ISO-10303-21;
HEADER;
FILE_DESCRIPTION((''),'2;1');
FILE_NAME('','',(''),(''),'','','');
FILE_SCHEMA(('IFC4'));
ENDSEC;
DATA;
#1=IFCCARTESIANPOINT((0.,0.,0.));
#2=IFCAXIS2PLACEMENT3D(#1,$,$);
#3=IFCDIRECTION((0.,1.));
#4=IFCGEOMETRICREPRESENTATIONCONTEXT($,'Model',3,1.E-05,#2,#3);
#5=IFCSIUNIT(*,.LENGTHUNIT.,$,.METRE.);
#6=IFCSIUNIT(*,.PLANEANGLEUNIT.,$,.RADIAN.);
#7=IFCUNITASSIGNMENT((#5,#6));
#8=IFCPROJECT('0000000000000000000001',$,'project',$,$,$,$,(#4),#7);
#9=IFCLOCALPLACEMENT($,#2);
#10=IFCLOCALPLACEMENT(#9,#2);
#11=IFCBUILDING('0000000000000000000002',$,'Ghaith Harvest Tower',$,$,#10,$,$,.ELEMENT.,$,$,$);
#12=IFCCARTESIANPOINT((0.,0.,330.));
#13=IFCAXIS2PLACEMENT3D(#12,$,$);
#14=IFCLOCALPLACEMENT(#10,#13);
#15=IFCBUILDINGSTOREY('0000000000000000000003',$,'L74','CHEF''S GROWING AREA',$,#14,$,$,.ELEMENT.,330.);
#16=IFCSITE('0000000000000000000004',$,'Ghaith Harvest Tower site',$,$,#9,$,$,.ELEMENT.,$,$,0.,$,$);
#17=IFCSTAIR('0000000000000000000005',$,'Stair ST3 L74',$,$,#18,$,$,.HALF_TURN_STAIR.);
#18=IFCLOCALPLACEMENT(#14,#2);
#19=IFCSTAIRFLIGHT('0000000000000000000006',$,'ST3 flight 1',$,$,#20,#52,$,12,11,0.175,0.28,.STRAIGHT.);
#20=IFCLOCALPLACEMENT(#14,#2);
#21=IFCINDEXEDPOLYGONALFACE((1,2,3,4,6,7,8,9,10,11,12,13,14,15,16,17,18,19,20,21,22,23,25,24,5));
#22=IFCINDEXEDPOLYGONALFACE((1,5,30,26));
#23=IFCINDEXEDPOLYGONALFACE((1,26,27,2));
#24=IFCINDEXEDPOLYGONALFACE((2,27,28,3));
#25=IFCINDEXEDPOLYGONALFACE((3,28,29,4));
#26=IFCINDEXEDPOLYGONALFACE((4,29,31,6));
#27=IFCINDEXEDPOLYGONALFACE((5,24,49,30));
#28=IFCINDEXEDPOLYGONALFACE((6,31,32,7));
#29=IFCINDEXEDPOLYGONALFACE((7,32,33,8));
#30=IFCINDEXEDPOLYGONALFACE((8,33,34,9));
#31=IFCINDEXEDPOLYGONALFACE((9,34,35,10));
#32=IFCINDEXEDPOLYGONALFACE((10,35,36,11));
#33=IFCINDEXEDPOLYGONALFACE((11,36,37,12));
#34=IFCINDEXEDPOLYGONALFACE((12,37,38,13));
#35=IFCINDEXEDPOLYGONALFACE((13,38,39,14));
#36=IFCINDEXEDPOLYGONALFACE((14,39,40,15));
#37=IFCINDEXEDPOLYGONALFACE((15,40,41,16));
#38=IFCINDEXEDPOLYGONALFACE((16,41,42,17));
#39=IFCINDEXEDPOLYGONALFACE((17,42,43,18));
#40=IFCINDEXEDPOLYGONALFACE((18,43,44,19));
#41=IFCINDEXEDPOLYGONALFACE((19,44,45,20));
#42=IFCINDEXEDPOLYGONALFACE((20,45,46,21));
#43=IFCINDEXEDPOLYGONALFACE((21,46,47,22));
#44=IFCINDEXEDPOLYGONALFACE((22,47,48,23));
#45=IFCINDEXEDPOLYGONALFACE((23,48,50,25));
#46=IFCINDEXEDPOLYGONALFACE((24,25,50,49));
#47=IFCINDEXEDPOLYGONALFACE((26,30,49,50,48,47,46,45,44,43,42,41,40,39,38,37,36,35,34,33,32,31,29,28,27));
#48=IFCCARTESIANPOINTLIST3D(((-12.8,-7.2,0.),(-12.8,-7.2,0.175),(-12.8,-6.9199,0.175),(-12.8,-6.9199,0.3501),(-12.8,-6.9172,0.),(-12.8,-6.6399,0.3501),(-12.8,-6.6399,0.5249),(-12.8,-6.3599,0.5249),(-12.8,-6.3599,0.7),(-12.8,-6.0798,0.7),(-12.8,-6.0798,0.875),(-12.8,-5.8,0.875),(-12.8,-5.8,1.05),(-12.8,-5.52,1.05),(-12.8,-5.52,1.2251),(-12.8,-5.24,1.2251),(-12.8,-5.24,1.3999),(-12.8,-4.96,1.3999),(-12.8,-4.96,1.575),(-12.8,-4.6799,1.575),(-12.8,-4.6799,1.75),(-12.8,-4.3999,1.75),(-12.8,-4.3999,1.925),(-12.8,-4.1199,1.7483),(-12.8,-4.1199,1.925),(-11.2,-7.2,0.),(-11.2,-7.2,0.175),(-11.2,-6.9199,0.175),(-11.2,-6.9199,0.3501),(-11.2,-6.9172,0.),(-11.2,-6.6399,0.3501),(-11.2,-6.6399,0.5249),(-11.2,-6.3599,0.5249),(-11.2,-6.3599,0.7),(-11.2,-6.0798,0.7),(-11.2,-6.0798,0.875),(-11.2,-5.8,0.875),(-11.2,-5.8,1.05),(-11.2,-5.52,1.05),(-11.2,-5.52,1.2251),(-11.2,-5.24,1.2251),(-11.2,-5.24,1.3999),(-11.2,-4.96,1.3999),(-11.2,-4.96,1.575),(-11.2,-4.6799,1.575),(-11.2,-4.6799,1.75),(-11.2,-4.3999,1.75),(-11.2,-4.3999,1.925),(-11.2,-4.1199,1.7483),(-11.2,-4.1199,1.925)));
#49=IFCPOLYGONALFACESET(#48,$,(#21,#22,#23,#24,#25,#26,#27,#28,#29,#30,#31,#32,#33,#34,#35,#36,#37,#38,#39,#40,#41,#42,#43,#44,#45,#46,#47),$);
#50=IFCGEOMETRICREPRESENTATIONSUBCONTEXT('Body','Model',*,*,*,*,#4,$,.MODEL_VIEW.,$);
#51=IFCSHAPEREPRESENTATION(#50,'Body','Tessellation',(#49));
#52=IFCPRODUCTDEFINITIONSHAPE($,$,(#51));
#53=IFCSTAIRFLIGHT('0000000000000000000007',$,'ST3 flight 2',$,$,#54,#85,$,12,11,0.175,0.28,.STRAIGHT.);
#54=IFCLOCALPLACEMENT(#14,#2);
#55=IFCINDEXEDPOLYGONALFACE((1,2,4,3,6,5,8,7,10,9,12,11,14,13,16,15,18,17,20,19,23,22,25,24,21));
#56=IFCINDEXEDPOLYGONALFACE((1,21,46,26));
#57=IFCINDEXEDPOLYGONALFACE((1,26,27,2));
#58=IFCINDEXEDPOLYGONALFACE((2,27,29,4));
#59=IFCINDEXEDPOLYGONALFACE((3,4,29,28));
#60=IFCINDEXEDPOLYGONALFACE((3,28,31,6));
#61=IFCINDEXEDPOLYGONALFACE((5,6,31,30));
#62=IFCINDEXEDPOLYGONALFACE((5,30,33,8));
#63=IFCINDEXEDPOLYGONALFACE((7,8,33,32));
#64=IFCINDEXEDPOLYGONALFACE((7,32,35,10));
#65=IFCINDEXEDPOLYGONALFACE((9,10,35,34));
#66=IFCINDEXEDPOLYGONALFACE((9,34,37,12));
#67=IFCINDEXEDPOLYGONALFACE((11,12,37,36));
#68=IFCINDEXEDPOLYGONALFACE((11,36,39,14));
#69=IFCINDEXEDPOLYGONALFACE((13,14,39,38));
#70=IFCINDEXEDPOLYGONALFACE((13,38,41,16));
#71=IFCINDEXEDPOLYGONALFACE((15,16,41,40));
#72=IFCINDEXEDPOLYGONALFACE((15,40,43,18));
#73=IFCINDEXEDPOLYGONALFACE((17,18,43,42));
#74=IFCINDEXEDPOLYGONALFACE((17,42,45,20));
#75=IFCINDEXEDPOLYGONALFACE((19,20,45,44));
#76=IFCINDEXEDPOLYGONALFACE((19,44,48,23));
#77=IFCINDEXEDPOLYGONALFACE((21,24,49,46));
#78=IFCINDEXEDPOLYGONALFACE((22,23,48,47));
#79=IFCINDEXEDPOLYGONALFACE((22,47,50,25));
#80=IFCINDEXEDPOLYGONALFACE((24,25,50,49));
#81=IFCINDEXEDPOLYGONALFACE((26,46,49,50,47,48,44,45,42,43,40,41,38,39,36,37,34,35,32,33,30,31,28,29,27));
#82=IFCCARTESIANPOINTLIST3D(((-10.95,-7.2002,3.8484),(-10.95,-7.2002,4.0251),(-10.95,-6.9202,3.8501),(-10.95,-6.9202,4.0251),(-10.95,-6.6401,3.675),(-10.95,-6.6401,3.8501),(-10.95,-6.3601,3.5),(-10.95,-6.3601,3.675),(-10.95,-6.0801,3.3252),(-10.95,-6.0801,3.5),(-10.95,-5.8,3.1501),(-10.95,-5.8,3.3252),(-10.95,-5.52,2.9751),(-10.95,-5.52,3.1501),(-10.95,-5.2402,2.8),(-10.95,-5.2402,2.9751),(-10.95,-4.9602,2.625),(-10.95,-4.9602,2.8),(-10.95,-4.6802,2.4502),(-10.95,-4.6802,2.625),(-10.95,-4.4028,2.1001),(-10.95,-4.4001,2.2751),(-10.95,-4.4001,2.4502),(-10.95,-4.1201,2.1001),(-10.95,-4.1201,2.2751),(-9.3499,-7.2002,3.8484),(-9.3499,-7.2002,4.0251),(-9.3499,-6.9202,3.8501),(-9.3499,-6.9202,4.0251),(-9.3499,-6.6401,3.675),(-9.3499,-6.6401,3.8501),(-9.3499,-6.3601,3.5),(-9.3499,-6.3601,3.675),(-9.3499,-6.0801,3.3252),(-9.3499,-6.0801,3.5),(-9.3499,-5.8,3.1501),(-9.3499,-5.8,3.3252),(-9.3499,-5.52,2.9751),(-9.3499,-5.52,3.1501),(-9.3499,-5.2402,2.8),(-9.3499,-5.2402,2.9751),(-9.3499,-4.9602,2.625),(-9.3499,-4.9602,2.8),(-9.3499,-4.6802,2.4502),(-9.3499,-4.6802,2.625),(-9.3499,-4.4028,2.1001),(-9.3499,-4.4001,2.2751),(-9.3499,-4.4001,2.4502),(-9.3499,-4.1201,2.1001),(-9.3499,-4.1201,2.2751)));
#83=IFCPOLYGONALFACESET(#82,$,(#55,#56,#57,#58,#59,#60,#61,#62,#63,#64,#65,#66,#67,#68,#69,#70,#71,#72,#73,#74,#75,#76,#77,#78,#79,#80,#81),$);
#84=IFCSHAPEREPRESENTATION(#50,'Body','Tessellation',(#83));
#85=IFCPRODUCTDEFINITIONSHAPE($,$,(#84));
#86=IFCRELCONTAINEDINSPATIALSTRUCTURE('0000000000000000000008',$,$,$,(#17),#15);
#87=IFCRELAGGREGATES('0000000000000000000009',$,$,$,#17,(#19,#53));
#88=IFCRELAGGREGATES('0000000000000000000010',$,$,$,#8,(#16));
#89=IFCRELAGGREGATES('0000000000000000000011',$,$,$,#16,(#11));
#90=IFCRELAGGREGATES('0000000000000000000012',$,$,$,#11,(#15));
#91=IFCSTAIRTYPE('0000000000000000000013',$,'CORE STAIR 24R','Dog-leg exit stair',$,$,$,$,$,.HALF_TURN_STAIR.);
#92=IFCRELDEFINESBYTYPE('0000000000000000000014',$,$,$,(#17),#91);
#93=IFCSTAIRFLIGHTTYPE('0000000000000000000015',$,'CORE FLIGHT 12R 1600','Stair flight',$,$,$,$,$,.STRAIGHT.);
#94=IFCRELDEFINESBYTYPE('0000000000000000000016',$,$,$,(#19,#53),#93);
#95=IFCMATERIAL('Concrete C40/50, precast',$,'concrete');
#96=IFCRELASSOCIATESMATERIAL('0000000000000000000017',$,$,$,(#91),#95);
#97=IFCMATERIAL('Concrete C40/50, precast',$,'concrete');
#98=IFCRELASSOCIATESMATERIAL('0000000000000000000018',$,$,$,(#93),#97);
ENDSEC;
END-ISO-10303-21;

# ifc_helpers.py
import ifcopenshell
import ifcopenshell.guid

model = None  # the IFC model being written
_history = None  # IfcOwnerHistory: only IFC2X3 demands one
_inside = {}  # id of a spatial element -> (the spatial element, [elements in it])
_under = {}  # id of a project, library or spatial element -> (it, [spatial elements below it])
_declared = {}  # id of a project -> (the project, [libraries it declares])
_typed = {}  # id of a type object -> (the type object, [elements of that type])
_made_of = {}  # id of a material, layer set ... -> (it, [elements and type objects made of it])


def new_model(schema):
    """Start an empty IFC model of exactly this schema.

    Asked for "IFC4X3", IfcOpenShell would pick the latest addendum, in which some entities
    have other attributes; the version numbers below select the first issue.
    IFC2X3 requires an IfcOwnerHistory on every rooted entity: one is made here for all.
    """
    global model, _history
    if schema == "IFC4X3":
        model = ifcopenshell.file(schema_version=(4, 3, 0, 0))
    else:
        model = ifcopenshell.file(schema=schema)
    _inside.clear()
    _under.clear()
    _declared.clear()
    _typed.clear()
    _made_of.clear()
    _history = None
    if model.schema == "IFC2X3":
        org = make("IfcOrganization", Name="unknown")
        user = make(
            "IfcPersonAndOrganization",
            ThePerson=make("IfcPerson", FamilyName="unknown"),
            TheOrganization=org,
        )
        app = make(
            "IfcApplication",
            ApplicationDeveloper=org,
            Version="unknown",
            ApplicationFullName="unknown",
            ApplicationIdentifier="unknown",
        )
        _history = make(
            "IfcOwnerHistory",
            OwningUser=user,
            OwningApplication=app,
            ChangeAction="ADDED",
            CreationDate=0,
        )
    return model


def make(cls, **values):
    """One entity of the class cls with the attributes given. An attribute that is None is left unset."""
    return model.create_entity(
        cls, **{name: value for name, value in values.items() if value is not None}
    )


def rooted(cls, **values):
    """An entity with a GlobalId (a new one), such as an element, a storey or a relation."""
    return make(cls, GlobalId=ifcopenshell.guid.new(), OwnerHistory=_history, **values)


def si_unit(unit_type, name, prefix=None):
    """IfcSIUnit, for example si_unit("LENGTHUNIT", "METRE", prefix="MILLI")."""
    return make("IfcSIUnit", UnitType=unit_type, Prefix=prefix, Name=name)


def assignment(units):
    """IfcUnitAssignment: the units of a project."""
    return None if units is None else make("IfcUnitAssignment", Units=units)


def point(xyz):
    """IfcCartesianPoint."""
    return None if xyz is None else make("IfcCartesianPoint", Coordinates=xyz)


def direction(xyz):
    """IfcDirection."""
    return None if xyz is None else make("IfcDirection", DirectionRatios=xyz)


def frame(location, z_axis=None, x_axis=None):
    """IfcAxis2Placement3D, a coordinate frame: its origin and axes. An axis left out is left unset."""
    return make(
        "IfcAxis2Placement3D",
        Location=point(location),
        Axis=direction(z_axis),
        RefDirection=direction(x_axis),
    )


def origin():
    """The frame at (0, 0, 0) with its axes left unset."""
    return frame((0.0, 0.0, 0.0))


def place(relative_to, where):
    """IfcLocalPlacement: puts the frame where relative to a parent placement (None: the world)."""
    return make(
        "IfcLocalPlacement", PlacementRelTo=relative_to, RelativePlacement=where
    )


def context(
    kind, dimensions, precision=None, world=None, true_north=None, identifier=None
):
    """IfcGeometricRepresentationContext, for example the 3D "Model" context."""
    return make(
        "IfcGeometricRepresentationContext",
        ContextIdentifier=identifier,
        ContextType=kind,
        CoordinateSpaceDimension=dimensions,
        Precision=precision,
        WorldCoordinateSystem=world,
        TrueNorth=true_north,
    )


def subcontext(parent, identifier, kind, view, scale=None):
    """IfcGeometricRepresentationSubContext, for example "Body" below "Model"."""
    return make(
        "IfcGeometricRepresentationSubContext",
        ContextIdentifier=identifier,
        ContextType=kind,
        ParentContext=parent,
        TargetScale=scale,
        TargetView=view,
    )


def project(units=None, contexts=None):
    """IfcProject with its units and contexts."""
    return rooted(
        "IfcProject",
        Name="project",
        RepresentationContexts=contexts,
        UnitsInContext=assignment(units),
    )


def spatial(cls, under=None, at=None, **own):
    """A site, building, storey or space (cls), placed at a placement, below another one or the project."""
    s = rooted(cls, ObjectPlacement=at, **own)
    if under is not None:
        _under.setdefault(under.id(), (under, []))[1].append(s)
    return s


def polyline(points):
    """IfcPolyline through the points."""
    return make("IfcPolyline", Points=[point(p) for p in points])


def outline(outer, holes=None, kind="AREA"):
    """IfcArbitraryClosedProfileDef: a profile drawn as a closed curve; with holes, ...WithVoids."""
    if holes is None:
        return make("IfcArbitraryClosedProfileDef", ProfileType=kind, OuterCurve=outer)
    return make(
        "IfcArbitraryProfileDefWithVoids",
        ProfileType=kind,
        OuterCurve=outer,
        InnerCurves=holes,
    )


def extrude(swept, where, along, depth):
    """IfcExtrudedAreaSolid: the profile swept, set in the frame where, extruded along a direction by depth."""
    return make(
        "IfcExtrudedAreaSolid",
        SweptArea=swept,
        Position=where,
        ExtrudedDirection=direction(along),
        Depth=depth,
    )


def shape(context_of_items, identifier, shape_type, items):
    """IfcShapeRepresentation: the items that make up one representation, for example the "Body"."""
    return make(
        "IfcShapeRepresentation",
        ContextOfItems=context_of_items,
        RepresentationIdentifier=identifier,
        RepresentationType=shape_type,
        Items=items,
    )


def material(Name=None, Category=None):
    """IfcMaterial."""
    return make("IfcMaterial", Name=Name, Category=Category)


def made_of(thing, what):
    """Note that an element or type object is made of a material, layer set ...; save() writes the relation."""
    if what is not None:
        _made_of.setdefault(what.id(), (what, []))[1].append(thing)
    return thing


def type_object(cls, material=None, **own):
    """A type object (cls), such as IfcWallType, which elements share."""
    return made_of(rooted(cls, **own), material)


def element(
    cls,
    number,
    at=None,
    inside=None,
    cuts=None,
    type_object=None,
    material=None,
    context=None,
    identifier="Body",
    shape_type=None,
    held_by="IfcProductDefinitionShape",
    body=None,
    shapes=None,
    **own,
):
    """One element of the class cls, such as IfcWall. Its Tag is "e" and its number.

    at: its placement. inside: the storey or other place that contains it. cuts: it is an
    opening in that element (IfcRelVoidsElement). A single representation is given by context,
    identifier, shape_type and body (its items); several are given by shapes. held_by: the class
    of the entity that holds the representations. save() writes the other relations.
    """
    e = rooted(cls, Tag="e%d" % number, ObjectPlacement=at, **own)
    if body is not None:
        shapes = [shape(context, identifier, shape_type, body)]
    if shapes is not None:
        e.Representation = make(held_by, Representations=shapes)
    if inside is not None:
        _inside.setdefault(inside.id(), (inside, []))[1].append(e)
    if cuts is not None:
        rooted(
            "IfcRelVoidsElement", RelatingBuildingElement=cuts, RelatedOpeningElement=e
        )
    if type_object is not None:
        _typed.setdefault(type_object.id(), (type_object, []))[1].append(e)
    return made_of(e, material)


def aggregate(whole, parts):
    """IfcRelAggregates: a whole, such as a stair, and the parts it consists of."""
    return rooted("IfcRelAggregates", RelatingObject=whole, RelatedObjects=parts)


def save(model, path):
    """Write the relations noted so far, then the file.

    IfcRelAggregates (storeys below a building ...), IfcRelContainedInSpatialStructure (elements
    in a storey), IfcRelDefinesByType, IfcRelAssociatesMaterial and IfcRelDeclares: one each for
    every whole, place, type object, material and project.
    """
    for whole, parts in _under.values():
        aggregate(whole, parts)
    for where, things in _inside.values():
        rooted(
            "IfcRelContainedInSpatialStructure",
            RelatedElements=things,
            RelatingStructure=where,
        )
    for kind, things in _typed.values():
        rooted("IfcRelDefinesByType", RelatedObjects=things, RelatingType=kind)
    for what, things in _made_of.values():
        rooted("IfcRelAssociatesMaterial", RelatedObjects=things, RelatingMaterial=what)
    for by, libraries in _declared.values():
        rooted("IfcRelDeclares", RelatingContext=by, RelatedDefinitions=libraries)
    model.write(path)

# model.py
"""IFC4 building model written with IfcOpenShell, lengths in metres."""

from ifc_helpers import new_model, si_unit, direction, frame, origin, place, context, subcontext, project, spatial, polyline, outline, extrude, material, type_object, element, aggregate, save


model = new_model("IFC4")

# Units and contexts
model_context = context("Model", 3, precision=1e-05, world=origin(), true_north=direction((0.0, 1.0)))
body_context = subcontext(model_context, "Body", "Model", "MODEL_VIEW")
ifc_project = project(units=[si_unit("LENGTHUNIT", "METRE"), si_unit("PLANEANGLEUNIT", "RADIAN")], contexts=[model_context])

# Site, building, storey
site_placement = place(None, origin())
site = spatial("IfcSite", under=ifc_project, at=site_placement, Name="Ghaith Harvest Tower site", CompositionType="ELEMENT", RefElevation=0.0)
building_placement = place(site_placement, origin())
building = spatial("IfcBuilding", under=site, at=building_placement, Name="Ghaith Harvest Tower", CompositionType="ELEMENT")
storey_placement = place(building_placement, frame((0.0, 0.0, 330.0)))
storey = spatial("IfcBuildingStorey", under=building, at=storey_placement, Name="L74", Description="CHEF'S GROWING AREA", CompositionType="ELEMENT", Elevation=330.0)

# Stair, stair flights
ifc_material_1 = material(Name="Concrete C40/50, precast", Category="concrete")
stair_type = type_object("IfcStairType", Name="CORE STAIR 24R", Description="Dog-leg exit stair", PredefinedType="HALF_TURN_STAIR", material=ifc_material_1)
stair_placement = place(storey_placement, origin())
stair = element("IfcStair", 1, at=stair_placement, inside=storey, type_object=stair_type, Name="Stair ST3 L74", PredefinedType="HALF_TURN_STAIR")
ifc_material_2 = material(Name="Concrete C40/50, precast", Category="concrete")
stair_flight_type = type_object("IfcStairFlightType", Name="CORE FLIGHT 12R 1600", Description="Stair flight", PredefinedType="STRAIGHT", material=ifc_material_2)
stair_flight_1_placement = place(storey_placement, frame((-12.0, -7.2, 0.0), z_axis=(0.0, 0.0, 1.0), x_axis=(0.0, 1.0, 0.0)))
stair_flight_1 = element("IfcStairFlight", 2, at=stair_flight_1_placement, type_object=stair_flight_type, Name="ST3 flight 1", NumberOfRisers=12, NumberOfTreads=11, PredefinedType="STRAIGHT", RiserHeight=0.175, TreadLength=0.28, context=body_context, shape_type="SweptSolid", body=[
    extrude(outline(polyline([(0.0, 0.0), (0.0, 0.175), (0.28, 0.175), (0.28, 0.3501), (0.5601, 0.3501), (0.5601, 0.5249), (0.8401, 0.5249), (0.8401, 0.7), (1.1201, 0.7), (1.1201, 0.875), (1.3999, 0.875), (1.3999, 1.05), (1.6799, 1.05), (1.6799, 1.2251), (1.96, 1.2251), (1.96, 1.3999), (2.24, 1.3999), (2.24, 1.575), (2.52, 1.575), (2.52, 1.75), (2.8, 1.75), (2.8, 1.925), (3.0801, 1.925), (3.0801, 2.1001), (3.0801, 1.7483), (0.2827, 0.0), (0.0, 0.0)])), frame((0.0, 0.8, 0.0), z_axis=(0.0, -1.0, 0.0), x_axis=(1.0, 0.0, 0.0)), (0.0, 0.0, 1.0), 1.6001),
])
stair_flight_2_placement = place(storey_placement, frame((-10.1499, -4.1201, 2.1001), z_axis=(0.0, 0.0, 1.0), x_axis=(0.0, -1.0, 0.0)))
stair_flight_2 = element("IfcStairFlight", 3, at=stair_flight_2_placement, type_object=stair_flight_type, Name="ST3 flight 2", NumberOfRisers=12, NumberOfTreads=11, PredefinedType="STRAIGHT", RiserHeight=0.175, TreadLength=0.28, context=body_context, shape_type="SweptSolid", body=[
    extrude(outline(polyline([(0.0, 0.0), (0.0, 0.175), (0.28, 0.175), (0.28, 0.3501), (0.5601, 0.3501), (0.5601, 0.5249), (0.8401, 0.5249), (0.8401, 0.7), (1.1201, 0.7), (1.1201, 0.875), (1.3999, 0.875), (1.3999, 1.05), (1.6799, 1.05), (1.6799, 1.2251), (1.96, 1.2251), (1.96, 1.3999), (2.24, 1.3999), (2.24, 1.575), (2.52, 1.575), (2.52, 1.75), (2.8, 1.75), (2.8, 1.925), (3.0801, 1.925), (3.0801, 2.1001), (3.0801, 1.7483), (0.2827, 0.0), (0.0, 0.0)])), frame((0.0, 0.8, 0.0), z_axis=(0.0, -1.0, 0.0), x_axis=(1.0, 0.0, 0.0)), (0.0, 0.0, 1.0), 1.6001),
])
aggregate(stair, [stair_flight_1, stair_flight_2])

save(model, "model.ifc")
